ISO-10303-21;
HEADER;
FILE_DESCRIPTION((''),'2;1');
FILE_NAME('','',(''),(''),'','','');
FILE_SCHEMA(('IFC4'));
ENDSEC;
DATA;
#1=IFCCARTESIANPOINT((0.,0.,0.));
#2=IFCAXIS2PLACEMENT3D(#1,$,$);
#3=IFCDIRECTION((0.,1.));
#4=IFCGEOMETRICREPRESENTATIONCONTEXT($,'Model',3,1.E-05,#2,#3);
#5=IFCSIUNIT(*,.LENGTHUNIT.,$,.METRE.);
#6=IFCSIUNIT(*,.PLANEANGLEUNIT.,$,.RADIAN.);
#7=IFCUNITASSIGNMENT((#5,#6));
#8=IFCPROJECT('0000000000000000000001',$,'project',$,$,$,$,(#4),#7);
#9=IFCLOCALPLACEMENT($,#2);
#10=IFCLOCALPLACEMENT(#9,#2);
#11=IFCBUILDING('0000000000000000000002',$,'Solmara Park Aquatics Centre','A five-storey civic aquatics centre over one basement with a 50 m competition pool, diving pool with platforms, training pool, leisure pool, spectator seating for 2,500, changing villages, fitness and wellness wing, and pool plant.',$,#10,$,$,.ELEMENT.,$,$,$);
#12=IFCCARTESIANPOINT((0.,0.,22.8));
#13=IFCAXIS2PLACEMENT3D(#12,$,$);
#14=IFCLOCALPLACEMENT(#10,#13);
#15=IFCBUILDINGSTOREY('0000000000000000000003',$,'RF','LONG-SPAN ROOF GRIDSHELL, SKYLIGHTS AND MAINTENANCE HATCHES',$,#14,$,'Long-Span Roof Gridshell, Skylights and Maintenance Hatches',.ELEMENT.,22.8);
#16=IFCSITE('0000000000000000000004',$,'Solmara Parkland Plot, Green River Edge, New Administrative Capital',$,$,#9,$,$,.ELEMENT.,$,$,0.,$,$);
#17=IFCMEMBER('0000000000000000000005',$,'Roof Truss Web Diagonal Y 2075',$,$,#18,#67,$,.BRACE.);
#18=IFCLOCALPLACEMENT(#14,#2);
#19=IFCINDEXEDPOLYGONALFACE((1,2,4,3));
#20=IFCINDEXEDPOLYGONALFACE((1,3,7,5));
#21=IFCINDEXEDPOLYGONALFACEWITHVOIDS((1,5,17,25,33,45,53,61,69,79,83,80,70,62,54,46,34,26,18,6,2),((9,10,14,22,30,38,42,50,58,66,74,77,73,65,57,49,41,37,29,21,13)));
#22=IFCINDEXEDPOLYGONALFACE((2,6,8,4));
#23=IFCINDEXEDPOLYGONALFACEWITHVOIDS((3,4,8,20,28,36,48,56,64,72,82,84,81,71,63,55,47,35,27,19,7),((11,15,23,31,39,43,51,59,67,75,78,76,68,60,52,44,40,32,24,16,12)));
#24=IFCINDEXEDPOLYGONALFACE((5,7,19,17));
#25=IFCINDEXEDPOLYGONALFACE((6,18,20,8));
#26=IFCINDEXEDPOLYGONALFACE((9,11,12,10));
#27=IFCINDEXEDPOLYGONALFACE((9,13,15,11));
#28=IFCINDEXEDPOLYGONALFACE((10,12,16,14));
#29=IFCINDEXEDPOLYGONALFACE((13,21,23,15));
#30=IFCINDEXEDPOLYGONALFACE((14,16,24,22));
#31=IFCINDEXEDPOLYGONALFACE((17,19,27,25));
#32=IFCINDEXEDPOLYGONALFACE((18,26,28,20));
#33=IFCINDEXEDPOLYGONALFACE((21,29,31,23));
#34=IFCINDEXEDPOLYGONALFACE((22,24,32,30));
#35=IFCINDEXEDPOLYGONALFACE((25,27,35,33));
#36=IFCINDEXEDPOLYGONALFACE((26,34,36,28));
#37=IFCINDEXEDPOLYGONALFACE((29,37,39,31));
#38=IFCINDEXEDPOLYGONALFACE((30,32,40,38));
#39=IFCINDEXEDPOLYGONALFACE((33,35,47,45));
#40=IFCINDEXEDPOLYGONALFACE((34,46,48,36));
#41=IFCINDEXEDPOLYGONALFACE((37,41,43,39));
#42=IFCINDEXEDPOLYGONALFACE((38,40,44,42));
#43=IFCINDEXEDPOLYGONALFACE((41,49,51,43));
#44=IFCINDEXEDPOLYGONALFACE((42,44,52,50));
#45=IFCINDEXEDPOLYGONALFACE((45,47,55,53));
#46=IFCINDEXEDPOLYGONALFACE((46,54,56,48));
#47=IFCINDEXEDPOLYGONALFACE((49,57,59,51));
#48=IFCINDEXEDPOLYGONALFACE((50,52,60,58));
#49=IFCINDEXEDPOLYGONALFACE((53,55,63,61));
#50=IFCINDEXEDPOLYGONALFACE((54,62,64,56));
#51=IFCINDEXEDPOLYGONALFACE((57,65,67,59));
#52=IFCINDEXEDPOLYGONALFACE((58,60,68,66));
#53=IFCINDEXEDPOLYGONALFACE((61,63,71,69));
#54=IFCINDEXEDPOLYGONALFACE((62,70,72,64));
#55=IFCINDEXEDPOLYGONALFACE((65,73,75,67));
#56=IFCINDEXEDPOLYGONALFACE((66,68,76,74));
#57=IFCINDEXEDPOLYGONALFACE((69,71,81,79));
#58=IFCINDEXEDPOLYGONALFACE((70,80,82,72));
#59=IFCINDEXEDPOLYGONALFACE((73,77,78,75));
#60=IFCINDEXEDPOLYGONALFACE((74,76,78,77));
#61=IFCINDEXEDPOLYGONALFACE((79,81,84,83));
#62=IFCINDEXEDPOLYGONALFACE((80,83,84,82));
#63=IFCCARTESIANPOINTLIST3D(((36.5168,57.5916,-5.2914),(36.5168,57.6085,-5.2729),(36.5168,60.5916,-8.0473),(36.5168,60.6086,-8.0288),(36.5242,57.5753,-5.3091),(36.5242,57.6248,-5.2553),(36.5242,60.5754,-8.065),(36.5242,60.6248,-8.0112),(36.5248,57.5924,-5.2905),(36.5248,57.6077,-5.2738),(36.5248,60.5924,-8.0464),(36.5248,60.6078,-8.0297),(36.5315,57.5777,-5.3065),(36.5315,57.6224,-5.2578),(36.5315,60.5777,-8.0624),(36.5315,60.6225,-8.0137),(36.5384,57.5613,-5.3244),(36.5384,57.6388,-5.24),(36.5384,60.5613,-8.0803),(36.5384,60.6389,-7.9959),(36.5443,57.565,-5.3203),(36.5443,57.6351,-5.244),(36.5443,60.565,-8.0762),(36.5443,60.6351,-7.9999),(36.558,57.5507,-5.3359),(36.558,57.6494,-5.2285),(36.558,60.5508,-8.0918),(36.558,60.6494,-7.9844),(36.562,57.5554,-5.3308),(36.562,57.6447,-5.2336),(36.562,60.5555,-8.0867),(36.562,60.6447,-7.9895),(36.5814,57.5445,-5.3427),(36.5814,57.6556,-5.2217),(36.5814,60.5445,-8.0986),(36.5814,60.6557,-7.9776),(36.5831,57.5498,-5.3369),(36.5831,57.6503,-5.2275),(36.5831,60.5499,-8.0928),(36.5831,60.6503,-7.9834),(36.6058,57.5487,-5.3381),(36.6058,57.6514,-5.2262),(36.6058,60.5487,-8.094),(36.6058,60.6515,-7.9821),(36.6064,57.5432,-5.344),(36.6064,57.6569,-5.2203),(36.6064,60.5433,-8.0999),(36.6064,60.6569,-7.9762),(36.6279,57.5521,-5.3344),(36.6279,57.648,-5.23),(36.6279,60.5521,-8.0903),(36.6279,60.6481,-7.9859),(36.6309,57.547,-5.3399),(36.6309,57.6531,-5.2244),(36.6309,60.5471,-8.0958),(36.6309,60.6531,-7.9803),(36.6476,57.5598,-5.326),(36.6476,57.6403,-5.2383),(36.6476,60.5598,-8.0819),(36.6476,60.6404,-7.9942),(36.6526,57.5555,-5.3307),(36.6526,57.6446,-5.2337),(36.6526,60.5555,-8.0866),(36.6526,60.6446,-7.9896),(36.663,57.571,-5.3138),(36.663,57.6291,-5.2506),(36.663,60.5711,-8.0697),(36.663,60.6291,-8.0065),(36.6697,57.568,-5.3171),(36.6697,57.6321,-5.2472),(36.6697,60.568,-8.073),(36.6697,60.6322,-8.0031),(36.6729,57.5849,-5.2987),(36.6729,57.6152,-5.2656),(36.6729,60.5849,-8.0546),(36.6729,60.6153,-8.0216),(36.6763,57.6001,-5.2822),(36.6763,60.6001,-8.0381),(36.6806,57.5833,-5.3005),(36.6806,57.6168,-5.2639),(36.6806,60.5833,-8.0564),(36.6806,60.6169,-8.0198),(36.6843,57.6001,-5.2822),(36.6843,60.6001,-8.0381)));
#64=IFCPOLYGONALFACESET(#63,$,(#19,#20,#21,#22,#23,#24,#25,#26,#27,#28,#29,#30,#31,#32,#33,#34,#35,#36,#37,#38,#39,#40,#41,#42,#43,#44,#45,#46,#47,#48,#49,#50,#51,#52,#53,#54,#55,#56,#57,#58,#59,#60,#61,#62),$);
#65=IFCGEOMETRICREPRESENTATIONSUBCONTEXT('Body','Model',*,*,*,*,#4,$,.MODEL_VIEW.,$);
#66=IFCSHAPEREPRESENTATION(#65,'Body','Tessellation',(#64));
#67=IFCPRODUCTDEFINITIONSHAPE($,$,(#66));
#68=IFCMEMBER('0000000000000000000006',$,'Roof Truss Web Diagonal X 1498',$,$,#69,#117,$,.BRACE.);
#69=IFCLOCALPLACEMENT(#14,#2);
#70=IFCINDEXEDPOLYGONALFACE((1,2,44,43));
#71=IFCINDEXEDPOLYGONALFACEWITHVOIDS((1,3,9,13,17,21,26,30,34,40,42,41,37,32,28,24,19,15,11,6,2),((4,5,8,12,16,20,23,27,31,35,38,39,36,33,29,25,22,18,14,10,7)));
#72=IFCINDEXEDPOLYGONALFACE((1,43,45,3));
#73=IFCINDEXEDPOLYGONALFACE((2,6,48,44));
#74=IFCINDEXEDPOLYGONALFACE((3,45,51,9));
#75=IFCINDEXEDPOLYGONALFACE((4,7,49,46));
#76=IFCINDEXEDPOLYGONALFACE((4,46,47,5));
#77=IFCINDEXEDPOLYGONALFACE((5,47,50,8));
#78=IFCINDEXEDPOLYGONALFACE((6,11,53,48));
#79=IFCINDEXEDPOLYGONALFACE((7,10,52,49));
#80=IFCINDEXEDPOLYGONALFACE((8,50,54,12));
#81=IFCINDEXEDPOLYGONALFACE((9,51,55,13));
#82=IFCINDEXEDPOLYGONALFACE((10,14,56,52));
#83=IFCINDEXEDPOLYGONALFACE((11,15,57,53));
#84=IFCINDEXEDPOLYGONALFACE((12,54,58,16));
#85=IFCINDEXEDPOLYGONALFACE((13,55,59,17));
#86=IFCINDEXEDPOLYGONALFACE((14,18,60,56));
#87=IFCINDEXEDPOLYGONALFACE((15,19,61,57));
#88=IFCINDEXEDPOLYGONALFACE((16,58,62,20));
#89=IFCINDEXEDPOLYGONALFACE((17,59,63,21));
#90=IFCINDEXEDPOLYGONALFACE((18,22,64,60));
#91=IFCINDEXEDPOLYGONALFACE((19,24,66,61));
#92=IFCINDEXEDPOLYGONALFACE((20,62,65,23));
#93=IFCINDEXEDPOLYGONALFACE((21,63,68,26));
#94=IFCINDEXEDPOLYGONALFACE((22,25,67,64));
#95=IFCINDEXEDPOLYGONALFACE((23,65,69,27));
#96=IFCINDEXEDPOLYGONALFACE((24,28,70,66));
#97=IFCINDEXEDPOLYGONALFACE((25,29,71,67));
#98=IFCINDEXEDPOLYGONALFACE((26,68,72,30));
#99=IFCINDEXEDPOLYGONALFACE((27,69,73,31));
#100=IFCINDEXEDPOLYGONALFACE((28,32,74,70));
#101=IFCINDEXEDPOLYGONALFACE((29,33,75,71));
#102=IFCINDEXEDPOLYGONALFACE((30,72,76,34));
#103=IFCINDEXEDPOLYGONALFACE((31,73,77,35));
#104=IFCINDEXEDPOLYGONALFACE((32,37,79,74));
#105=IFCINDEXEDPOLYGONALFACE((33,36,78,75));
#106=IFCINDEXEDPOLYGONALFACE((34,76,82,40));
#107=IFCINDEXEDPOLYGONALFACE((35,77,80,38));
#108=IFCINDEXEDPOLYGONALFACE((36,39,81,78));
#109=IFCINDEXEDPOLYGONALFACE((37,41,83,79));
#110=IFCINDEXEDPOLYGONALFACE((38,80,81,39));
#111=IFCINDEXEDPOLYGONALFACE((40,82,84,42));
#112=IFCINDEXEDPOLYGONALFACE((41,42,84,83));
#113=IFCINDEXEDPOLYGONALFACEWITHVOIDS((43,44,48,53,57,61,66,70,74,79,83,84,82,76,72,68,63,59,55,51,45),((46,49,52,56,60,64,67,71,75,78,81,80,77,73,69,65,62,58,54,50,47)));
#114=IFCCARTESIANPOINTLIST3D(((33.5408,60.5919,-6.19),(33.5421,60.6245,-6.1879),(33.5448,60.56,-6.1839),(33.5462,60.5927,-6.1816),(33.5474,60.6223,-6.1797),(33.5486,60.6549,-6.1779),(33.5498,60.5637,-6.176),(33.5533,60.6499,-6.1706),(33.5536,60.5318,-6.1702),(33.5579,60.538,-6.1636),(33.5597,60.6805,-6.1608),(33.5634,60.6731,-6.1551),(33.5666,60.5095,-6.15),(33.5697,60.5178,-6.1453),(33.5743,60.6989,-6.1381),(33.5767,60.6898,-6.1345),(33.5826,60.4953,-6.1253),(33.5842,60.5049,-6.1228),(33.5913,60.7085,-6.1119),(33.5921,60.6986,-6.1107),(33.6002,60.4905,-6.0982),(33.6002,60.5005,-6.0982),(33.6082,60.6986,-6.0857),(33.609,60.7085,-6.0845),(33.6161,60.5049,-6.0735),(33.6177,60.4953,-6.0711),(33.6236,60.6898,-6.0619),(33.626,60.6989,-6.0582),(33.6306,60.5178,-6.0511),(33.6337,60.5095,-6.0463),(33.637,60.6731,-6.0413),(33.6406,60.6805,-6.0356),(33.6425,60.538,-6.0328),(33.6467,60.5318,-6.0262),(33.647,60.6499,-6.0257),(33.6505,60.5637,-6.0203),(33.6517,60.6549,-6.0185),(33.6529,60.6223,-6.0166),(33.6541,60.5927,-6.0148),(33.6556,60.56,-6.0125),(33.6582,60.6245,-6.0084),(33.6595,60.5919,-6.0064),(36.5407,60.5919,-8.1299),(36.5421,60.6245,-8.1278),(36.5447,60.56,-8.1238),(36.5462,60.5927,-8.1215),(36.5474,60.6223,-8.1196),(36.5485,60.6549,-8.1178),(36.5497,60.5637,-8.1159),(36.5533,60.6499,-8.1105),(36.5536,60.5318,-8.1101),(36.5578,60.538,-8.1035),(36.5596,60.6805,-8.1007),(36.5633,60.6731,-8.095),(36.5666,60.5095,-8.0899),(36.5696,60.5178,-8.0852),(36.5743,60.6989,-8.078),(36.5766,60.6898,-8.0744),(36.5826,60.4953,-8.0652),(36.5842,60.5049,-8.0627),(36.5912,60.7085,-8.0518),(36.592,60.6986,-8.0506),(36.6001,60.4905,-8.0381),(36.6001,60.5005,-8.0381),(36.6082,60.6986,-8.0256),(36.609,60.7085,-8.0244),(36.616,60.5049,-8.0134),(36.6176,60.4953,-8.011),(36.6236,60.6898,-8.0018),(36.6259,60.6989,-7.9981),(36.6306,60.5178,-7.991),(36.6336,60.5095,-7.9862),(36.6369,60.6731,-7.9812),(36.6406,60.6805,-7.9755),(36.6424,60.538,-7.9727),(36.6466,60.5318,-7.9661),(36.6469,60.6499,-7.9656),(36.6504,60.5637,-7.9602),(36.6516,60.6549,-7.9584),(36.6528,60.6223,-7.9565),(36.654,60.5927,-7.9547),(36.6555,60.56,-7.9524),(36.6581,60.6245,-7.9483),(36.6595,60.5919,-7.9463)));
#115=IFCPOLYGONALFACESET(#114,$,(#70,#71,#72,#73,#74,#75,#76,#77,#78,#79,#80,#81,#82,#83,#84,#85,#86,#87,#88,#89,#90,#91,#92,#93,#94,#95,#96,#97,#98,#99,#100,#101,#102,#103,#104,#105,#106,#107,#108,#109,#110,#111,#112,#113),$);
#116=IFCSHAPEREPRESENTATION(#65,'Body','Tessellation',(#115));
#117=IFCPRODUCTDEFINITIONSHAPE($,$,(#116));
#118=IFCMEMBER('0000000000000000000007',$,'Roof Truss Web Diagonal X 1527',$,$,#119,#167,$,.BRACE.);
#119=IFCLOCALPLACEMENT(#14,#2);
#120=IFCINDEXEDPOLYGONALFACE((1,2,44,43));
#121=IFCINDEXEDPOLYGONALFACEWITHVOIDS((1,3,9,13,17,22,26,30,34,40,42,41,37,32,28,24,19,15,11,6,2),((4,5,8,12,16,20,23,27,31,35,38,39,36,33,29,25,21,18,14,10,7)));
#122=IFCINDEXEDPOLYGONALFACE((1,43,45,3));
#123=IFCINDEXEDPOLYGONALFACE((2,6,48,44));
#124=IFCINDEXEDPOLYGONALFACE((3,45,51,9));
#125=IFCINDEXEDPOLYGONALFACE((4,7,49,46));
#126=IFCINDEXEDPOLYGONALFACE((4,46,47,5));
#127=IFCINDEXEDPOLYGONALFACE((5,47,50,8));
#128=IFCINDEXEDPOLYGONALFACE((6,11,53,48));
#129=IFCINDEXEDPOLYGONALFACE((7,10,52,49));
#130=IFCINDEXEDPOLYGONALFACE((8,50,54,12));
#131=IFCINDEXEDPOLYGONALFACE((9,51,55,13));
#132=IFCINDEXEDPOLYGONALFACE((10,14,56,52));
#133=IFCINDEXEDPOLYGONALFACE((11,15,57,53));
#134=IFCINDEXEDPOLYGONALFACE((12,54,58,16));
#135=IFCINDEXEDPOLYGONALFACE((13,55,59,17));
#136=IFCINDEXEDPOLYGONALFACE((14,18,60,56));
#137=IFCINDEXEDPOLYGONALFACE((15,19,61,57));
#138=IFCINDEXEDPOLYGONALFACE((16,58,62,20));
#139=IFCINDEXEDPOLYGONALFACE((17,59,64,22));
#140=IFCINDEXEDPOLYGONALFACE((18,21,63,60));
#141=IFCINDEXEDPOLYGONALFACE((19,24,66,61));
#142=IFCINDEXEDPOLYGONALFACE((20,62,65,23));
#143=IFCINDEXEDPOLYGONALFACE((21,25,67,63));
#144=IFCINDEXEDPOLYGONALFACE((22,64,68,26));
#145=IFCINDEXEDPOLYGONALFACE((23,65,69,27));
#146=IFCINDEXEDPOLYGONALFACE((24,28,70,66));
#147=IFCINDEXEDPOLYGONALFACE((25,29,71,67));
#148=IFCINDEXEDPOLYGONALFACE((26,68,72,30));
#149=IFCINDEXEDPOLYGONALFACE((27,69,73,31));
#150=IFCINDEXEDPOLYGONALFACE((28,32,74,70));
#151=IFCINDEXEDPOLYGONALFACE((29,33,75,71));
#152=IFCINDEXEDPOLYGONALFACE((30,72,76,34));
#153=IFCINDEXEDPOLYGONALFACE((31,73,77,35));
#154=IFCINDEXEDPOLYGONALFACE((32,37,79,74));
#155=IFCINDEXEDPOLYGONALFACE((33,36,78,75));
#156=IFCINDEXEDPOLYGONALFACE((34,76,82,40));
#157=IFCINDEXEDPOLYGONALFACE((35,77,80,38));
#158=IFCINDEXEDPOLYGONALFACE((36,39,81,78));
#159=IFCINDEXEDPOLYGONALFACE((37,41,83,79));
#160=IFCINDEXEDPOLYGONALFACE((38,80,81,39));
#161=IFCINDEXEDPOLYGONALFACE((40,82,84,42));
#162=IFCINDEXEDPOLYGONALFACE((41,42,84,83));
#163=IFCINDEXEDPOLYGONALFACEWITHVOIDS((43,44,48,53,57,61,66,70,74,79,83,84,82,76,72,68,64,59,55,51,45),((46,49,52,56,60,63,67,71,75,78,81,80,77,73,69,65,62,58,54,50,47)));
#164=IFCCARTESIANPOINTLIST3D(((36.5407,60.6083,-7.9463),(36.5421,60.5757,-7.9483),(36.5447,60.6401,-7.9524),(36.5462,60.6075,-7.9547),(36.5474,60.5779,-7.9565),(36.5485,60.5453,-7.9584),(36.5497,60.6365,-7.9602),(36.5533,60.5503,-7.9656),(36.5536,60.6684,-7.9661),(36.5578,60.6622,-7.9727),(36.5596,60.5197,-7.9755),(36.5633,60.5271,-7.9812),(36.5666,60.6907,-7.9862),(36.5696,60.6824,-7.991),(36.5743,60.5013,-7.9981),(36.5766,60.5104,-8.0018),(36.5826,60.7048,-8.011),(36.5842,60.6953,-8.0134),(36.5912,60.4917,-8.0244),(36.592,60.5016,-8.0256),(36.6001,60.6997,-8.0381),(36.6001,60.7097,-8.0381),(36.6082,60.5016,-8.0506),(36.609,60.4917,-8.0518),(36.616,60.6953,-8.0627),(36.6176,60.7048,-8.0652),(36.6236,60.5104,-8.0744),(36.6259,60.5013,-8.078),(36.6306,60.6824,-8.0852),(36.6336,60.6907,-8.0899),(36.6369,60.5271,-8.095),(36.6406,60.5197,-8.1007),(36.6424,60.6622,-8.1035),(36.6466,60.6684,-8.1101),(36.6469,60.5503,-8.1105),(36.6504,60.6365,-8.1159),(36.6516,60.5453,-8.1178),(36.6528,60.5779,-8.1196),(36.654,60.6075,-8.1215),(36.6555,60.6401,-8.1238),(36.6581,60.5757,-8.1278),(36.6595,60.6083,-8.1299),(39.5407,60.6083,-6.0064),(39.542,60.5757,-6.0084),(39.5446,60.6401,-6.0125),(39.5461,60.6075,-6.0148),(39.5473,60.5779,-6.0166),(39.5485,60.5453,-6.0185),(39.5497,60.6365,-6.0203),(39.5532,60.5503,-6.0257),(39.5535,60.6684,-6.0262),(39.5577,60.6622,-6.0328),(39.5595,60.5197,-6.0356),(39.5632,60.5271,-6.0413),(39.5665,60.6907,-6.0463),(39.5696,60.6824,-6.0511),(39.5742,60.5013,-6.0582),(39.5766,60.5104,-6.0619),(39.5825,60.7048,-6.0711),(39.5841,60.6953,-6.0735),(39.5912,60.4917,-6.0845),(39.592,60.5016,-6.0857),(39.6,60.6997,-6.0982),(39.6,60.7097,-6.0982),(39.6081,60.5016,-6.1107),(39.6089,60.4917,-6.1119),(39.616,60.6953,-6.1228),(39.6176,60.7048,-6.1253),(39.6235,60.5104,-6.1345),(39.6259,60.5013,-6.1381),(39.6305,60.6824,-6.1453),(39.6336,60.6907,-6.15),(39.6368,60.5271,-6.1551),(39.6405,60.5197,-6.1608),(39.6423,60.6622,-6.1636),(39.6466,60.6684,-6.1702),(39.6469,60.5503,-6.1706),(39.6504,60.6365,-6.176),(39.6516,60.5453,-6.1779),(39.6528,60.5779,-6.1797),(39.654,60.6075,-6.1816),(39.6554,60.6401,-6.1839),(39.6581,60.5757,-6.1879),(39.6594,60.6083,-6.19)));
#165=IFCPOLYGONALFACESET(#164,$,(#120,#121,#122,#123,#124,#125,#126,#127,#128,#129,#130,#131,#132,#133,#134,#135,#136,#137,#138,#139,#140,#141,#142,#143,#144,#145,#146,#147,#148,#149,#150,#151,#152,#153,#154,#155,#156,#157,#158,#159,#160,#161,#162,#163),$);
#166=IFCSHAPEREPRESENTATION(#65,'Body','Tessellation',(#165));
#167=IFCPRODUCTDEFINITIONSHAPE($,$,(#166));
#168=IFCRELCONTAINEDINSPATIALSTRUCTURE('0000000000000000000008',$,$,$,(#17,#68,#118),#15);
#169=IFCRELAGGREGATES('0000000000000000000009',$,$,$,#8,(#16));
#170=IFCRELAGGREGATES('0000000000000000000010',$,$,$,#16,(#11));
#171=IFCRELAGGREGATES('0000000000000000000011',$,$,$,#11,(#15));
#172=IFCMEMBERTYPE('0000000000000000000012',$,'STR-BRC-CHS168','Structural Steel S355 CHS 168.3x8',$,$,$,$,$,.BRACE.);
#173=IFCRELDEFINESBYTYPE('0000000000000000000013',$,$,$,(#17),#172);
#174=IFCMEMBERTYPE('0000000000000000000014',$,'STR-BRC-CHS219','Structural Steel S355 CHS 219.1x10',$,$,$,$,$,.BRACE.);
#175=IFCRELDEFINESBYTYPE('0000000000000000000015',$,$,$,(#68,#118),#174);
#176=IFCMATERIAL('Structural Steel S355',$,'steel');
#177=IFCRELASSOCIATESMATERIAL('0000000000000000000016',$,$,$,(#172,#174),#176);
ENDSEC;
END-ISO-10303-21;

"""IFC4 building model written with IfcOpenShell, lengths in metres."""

from ifc_helpers import new_model, si_unit, direction, frame, origin, origin_2d, place, context, subcontext, project, spatial, hollow_circle, extrude, material, material_profile, profile_set, type_object, element, save


model = new_model("IFC4")

# Units and contexts
model_context = context("Model", 3, precision=1e-05, world=origin(), true_north=direction((0.0, 1.0)))
body_context = subcontext(model_context, "Body", "Model", "MODEL_VIEW")
ifc_project = project(units=[si_unit("LENGTHUNIT", "METRE"), si_unit("PLANEANGLEUNIT", "RADIAN")], contexts=[model_context])

# Site, building, storey
site_placement = place(None, origin())
site = spatial("IfcSite", under=ifc_project, at=site_placement, Name="Solmara Parkland Plot, Green River Edge, New Administrative Capital", CompositionType="ELEMENT", RefElevation=0.0)
building_placement = place(site_placement, origin())
building = spatial("IfcBuilding", under=site, at=building_placement, Name="Solmara Park Aquatics Centre", Description="A five-storey civic aquatics centre over one basement with a 50 m competition pool, diving pool with platforms, training pool, leisure pool, spectator seating for 2,500, changing villages, fitness and wellness wing, and pool plant.", CompositionType="ELEMENT")
storey_placement = place(building_placement, frame((0.0, 0.0, 22.8)))
storey = spatial("IfcBuildingStorey", under=building, at=storey_placement, Name="RF", Description="LONG-SPAN ROOF GRIDSHELL, SKYLIGHTS AND MAINTENANCE HATCHES", LongName="Long-Span Roof Gridshell, Skylights and Maintenance Hatches", CompositionType="ELEMENT", Elevation=22.8)

# Members
ifc_material_1 = material(Name="Structural Steel S355", Category="steel")
ifc_material_profile_1 = material_profile(ifc_material_1, hollow_circle(Radius=0.0842, WallThickness=0.0081, at=origin_2d()), Name="CHS 168.3x8")
ifc_profile_set_1 = profile_set([ifc_material_profile_1], Name="Structural Steel S355")
member_type_1 = type_object("IfcMemberType", Name="STR-BRC-CHS168", Description="Structural Steel S355 CHS 168.3x8", PredefinedType="BRACE", material=ifc_profile_set_1)
member_1_placement = place(storey_placement, frame((36.6001, 60.6001, -8.0381), z_axis=(0.0, -0.736437, 0.676506), x_axis=(1.0, 0.0, 0.0)))
element("IfcMember", 1, at=member_1_placement, inside=storey, type_object=member_type_1, Name="Roof Truss Web Diagonal Y 2075", PredefinedType="BRACE", context=body_context, shape_type="SweptSolid", body=[
    extrude(hollow_circle(Radius=0.0842, WallThickness=0.0081, at=origin_2d()), origin(), (0.0, 0.0, 1.0), 4.0737),
])
ifc_material_profile_2 = material_profile(ifc_material_1, hollow_circle(Radius=0.1096, WallThickness=0.01, at=origin_2d()), Name="CHS 219.1x10")
ifc_profile_set_2 = profile_set([ifc_material_profile_2], Name="Structural Steel S355")
member_type_2 = type_object("IfcMemberType", Name="STR-BRC-CHS219", Description="Structural Steel S355 CHS 219.1x10", PredefinedType="BRACE", material=ifc_profile_set_2)
for number, where, z_axis, x_axis, name in (
    (2, (36.6001, 60.6001, -8.0381), (-0.839728, 0.0, 0.543008), (0.0, -1.0, 0.0), "Roof Truss Web Diagonal X 1498"),
    (3, (36.6001, 60.6001, -8.0381), (0.839728, 0.0, 0.543008), (0.0, 1.0, 0.0), "Roof Truss Web Diagonal X 1527"),
):
    element("IfcMember", number, at=place(storey_placement, frame(where, z_axis=z_axis, x_axis=x_axis)), inside=storey, type_object=member_type_2, Name=name, PredefinedType="BRACE", context=body_context, shape_type="SweptSolid", body=[
        extrude(hollow_circle(Radius=0.1096, WallThickness=0.01, at=origin_2d()), origin(), (0.0, 0.0, 1.0), 3.5725),
    ])

save(model, "model.ifc")
